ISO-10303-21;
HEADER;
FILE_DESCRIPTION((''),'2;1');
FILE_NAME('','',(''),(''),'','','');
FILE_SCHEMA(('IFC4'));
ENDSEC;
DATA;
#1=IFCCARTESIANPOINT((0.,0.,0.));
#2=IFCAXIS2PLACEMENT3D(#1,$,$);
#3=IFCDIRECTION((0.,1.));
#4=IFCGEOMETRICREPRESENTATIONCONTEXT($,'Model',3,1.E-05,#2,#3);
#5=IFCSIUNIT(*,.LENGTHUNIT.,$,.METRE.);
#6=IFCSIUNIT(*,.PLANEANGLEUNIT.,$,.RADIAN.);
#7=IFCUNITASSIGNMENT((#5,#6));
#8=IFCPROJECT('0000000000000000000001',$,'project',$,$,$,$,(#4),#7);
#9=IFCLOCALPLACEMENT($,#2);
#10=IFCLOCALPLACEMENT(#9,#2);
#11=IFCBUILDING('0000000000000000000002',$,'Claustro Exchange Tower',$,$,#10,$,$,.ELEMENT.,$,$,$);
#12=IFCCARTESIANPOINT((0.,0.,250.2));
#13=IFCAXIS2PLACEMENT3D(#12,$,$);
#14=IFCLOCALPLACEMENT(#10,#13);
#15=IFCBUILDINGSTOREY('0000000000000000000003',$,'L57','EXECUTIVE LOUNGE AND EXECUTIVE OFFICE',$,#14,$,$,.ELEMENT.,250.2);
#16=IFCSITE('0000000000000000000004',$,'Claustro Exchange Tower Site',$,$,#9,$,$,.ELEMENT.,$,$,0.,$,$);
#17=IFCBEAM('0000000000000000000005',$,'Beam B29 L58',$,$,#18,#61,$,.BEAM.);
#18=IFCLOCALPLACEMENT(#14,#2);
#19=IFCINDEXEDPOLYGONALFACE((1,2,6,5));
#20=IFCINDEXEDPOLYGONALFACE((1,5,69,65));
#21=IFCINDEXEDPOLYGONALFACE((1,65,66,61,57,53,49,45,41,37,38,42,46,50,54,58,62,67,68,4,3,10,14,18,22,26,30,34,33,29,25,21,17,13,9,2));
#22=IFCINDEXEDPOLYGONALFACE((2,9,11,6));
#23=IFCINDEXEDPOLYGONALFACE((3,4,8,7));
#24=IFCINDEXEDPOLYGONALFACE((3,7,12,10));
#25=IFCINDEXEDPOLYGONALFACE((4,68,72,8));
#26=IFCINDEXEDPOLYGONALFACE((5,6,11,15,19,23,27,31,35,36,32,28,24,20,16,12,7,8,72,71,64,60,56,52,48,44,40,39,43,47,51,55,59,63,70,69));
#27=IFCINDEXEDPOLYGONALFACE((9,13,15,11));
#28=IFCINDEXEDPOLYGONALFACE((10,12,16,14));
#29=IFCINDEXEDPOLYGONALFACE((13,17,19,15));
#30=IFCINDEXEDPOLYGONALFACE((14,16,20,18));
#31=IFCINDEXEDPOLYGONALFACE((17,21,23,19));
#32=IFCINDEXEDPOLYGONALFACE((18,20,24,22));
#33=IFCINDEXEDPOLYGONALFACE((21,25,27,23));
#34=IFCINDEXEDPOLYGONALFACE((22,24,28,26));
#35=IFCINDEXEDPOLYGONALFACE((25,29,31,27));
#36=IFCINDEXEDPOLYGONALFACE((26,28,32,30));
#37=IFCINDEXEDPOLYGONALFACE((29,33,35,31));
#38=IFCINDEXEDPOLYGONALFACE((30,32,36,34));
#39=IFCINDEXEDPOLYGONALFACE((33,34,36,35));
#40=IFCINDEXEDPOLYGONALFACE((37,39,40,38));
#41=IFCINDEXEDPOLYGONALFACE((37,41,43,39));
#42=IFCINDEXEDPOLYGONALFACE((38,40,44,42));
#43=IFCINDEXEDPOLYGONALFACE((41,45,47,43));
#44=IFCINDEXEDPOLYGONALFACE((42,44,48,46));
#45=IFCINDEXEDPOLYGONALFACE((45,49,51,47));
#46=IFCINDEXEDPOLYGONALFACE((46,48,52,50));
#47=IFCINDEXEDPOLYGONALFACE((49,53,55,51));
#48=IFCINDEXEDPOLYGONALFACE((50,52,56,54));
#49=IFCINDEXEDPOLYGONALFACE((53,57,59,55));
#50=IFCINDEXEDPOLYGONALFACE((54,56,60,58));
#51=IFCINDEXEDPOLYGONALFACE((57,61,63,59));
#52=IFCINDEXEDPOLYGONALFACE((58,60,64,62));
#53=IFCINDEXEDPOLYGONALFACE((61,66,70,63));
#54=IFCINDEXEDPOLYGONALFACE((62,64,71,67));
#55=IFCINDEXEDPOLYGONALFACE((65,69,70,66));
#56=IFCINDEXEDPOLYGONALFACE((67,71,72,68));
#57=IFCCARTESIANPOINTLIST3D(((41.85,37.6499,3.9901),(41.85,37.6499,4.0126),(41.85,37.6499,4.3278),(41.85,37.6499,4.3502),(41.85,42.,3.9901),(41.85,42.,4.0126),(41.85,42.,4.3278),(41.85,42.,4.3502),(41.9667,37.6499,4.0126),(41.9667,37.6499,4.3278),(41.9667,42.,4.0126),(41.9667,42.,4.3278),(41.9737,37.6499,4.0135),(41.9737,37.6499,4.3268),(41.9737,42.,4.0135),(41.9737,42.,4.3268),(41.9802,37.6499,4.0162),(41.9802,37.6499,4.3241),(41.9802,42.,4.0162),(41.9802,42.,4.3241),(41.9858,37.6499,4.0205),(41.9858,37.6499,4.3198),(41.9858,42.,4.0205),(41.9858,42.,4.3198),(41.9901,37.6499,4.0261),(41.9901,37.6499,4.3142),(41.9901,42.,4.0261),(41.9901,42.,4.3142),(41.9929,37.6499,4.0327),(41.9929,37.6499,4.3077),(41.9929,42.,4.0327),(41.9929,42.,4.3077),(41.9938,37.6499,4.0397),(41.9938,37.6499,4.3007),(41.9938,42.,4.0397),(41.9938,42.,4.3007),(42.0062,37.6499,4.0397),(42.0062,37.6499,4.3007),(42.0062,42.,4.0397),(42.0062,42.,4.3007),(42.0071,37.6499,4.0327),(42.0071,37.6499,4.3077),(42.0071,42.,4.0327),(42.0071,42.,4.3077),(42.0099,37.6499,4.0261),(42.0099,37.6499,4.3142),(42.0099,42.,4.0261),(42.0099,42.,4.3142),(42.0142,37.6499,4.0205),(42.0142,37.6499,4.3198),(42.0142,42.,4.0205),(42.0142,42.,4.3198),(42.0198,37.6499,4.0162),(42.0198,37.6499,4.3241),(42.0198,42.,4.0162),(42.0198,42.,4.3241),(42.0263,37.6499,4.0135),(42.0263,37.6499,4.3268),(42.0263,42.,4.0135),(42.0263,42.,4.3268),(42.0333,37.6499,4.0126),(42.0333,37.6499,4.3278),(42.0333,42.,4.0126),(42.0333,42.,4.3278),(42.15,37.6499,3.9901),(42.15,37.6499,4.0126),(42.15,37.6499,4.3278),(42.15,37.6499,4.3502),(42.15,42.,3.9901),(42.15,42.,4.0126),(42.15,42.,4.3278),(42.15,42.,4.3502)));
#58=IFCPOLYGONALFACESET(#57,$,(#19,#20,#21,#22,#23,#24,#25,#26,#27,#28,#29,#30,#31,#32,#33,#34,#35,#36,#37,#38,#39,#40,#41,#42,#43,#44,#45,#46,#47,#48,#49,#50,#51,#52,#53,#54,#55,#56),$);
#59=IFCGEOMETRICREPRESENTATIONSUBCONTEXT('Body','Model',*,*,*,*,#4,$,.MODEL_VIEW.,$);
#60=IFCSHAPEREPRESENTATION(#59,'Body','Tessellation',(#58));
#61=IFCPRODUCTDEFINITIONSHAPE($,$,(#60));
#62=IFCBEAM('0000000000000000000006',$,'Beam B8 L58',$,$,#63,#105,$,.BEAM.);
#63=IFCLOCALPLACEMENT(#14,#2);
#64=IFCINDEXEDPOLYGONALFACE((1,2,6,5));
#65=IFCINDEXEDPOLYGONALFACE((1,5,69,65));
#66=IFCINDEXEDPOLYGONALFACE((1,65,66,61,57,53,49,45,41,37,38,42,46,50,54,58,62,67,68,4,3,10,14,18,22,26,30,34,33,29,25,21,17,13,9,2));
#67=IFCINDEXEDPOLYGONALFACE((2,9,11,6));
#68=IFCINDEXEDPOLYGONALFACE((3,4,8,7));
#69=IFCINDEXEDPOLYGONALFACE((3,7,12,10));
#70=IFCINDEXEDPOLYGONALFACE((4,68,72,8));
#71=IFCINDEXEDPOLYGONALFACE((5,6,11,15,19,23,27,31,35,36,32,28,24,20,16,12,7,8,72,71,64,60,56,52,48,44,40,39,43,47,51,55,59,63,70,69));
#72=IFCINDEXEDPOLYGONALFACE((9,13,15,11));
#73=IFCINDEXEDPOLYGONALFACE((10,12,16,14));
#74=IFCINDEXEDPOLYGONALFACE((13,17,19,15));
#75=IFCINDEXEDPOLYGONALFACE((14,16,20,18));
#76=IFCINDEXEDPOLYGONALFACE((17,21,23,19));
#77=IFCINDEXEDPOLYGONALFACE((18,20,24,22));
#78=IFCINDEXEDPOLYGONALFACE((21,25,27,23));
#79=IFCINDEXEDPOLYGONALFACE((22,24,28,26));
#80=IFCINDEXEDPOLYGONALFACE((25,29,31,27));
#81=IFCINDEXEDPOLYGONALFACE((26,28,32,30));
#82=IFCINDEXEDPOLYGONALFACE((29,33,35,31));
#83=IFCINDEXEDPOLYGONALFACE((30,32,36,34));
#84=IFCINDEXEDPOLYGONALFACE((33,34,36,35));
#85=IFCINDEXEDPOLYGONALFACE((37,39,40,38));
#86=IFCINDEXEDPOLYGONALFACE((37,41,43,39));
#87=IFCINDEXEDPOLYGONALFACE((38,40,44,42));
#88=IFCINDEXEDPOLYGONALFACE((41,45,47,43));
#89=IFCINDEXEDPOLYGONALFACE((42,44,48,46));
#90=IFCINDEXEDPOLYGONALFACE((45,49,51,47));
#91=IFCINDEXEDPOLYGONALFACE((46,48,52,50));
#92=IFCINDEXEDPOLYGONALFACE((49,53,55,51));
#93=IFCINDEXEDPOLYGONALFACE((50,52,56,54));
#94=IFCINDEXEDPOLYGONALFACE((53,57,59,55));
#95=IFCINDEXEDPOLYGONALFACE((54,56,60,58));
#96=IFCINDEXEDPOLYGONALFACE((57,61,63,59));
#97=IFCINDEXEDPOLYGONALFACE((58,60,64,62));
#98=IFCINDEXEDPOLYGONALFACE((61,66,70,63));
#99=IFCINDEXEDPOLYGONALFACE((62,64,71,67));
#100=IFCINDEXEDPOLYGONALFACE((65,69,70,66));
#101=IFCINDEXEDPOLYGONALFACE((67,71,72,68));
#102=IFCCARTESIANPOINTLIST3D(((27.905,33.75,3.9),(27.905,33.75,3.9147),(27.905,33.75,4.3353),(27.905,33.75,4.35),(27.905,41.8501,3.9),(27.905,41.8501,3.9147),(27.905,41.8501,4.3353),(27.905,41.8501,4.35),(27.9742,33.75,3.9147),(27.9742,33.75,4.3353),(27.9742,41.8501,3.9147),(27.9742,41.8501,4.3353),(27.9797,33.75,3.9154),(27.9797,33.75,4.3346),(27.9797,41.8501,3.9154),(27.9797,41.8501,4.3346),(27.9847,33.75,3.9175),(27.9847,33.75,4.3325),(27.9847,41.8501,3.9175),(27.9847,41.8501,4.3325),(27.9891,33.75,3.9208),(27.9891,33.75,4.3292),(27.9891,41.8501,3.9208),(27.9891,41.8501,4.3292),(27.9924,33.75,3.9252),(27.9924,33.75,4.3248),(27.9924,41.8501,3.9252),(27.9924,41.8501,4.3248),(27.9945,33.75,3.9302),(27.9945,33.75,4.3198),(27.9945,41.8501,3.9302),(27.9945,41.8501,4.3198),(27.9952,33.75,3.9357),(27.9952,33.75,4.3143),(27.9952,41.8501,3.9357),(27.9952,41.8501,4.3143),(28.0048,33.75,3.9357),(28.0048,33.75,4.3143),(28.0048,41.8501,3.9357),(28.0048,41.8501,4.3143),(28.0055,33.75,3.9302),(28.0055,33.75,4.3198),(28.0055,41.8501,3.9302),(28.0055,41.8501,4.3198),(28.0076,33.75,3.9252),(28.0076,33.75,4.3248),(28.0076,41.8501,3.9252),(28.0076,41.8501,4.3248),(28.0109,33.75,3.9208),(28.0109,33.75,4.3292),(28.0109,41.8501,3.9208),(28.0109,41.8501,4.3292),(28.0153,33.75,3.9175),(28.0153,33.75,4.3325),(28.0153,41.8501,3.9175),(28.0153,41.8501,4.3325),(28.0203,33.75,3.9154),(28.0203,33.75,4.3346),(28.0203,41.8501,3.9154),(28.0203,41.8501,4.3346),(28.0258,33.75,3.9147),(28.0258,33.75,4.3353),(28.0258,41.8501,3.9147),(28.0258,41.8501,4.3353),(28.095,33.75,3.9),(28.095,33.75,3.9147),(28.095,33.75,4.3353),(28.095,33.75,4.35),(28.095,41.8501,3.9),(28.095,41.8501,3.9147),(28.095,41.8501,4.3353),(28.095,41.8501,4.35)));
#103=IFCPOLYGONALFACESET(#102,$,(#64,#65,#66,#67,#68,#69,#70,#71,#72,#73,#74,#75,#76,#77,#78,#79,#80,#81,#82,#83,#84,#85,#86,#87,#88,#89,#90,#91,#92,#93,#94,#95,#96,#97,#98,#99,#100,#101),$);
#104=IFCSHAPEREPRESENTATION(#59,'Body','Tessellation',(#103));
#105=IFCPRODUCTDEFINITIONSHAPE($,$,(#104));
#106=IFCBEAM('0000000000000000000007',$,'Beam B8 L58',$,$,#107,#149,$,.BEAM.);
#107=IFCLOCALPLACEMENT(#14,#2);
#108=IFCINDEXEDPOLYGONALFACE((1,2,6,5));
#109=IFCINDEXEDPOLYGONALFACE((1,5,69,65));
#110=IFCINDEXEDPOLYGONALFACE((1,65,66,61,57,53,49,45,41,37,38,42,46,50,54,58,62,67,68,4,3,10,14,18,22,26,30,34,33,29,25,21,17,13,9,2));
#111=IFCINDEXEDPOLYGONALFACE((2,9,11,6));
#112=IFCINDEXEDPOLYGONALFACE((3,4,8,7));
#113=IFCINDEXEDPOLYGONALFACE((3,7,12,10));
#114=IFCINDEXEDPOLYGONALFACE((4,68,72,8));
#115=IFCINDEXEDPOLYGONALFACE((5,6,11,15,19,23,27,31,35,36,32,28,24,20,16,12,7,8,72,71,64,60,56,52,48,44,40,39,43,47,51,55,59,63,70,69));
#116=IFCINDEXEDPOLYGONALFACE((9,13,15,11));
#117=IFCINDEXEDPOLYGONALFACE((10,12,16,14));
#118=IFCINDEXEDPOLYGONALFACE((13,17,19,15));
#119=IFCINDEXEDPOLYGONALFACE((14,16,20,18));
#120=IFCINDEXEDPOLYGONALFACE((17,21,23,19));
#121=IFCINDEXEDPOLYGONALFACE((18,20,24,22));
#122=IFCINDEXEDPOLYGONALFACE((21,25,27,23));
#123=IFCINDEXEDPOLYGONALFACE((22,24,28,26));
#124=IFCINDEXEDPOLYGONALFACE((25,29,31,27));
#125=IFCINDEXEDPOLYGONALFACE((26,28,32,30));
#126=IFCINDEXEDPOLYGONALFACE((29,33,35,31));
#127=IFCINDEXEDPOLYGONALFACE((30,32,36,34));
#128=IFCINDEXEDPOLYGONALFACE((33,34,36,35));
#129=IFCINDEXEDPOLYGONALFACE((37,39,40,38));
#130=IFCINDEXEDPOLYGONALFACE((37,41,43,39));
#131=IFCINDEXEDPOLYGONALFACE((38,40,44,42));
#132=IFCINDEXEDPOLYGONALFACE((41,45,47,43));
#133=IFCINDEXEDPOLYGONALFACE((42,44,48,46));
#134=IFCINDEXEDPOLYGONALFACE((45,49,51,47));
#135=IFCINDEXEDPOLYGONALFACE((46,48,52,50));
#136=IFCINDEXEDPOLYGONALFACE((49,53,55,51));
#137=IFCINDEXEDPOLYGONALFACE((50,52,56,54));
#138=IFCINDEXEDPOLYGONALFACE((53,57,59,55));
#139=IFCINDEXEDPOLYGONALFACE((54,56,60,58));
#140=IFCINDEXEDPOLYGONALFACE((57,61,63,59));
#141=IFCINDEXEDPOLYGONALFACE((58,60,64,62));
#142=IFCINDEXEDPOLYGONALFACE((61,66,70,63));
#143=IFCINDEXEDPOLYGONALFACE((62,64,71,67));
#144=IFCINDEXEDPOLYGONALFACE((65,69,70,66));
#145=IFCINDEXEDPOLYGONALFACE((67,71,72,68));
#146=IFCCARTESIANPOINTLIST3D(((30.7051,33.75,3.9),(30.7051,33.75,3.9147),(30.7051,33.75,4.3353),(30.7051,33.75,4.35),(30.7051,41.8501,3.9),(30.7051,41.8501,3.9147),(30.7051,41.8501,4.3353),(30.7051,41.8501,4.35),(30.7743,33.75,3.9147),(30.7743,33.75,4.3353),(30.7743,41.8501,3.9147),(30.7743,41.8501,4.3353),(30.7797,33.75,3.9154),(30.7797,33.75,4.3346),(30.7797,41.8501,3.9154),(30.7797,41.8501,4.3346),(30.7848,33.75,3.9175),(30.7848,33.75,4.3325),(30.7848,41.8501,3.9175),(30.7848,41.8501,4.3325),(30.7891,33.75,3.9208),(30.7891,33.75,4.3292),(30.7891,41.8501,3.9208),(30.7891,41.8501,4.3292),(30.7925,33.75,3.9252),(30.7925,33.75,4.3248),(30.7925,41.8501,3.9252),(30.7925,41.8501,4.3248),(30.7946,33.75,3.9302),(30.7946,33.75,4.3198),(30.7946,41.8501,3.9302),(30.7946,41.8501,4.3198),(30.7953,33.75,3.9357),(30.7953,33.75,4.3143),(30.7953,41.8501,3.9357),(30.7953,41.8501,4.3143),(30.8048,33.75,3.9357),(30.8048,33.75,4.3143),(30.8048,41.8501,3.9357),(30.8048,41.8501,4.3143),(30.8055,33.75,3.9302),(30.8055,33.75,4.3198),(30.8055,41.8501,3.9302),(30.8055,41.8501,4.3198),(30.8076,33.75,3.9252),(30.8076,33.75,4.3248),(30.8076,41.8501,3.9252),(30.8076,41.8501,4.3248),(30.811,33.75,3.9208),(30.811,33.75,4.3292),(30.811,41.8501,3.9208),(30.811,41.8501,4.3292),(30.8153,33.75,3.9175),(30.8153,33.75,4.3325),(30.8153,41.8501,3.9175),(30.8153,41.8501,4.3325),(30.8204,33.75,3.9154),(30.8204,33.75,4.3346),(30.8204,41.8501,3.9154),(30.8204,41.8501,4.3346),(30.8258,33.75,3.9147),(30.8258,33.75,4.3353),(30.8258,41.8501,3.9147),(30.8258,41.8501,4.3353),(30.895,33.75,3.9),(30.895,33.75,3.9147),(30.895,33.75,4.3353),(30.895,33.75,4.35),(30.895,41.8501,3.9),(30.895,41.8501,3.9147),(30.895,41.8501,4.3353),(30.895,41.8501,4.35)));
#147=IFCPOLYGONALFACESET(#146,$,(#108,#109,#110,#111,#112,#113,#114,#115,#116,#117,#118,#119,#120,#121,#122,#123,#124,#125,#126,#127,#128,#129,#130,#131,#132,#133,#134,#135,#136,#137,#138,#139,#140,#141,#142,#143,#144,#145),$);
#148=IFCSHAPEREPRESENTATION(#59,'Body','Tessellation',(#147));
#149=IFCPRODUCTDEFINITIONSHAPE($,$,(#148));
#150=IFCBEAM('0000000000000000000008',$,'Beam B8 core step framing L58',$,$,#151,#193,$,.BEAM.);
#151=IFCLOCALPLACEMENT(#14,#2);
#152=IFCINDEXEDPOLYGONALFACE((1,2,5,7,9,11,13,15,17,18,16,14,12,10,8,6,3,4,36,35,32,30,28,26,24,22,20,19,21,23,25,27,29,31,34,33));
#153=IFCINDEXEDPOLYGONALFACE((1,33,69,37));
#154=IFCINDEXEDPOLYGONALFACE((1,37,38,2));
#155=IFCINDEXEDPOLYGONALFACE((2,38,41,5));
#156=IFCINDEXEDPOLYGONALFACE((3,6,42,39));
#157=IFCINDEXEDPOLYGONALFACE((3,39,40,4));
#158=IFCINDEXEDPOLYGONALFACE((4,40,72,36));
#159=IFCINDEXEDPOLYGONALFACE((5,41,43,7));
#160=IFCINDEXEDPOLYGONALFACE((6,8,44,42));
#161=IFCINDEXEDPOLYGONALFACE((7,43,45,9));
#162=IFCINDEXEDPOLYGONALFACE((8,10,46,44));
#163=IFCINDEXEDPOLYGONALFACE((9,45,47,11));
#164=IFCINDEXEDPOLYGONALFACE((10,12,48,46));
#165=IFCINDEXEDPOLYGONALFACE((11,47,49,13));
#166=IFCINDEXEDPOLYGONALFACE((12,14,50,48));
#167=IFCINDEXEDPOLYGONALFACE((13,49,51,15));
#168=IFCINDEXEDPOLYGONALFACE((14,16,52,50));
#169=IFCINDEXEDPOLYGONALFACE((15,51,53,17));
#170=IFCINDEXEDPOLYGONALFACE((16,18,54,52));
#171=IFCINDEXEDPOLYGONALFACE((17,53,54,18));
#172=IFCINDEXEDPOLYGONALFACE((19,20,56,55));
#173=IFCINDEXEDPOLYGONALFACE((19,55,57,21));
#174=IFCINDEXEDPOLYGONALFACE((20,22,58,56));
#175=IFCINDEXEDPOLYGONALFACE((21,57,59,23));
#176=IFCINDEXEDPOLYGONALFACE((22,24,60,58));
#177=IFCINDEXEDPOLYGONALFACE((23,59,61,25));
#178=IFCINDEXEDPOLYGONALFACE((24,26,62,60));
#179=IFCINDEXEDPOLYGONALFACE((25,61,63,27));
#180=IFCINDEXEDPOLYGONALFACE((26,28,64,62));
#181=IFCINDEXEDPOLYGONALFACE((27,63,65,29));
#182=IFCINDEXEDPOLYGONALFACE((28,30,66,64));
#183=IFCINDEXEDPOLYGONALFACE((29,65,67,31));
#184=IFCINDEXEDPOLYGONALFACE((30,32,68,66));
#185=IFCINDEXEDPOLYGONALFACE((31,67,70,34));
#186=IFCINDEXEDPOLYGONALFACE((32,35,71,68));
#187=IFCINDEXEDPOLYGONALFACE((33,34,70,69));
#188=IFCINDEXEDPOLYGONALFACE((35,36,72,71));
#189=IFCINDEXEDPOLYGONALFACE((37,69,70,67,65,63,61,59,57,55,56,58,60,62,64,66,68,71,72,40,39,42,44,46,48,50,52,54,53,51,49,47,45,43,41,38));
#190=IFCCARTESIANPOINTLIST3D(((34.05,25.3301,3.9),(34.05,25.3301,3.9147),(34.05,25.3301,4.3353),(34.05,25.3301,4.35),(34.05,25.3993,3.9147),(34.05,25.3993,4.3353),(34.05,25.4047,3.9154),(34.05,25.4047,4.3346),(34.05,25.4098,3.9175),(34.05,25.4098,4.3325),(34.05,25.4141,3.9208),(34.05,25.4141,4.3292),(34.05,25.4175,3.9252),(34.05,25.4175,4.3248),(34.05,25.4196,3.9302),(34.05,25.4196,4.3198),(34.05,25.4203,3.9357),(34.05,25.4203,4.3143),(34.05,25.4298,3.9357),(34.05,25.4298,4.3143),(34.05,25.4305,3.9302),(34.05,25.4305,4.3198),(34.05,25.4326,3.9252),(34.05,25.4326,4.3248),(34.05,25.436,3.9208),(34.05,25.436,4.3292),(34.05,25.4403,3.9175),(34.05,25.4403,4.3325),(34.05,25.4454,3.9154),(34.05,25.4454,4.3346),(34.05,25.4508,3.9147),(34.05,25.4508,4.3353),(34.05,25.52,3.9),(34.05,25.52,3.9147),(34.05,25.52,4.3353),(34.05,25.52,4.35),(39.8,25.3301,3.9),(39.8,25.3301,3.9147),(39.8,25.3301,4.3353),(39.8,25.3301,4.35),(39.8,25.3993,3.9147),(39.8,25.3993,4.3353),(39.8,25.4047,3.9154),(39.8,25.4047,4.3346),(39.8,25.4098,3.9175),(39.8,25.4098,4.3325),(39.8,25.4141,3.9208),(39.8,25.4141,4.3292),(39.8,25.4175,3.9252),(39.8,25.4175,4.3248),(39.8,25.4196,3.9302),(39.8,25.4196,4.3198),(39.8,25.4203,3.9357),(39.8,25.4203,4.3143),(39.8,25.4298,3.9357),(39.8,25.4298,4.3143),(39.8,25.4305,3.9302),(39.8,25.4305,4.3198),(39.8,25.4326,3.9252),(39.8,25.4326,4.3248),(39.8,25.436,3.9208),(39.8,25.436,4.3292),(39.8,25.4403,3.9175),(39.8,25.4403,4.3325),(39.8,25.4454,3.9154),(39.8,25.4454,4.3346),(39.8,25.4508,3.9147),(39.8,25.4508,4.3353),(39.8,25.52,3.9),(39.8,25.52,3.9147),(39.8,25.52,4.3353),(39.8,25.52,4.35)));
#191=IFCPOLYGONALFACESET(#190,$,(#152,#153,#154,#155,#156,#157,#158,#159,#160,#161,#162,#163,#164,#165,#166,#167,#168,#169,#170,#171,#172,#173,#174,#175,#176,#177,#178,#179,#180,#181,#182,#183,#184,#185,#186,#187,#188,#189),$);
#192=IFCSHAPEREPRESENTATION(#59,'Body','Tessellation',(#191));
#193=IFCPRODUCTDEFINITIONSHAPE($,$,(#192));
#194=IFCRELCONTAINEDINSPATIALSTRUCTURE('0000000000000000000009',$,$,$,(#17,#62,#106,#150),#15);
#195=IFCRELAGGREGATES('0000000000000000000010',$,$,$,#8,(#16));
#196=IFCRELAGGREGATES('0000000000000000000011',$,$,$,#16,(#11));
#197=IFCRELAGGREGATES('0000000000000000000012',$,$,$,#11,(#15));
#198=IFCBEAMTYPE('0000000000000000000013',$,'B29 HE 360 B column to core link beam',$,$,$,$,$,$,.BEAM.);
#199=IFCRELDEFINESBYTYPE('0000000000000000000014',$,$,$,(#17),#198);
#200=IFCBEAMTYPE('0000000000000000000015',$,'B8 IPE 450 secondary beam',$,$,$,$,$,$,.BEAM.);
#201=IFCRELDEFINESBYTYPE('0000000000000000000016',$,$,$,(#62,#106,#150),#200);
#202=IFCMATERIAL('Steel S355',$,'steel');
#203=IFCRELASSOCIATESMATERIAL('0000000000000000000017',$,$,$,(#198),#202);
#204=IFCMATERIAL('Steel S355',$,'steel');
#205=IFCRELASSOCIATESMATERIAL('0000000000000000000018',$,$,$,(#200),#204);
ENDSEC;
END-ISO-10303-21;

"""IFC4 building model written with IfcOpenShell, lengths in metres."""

from ifc_helpers import new_model, si_unit, direction, frame, origin, origin_2d, place, context, subcontext, project, spatial, i_section, extrude, material, material_profile, profile_set, type_object, element, save


model = new_model("IFC4")

# Units and contexts
model_context = context("Model", 3, precision=1e-05, world=origin(), true_north=direction((0.0, 1.0)))
body_context = subcontext(model_context, "Body", "Model", "MODEL_VIEW")
ifc_project = project(units=[si_unit("LENGTHUNIT", "METRE"), si_unit("PLANEANGLEUNIT", "RADIAN")], contexts=[model_context])

# Site, building, storey
site_placement = place(None, origin())
site = spatial("IfcSite", under=ifc_project, at=site_placement, Name="Claustro Exchange Tower Site", CompositionType="ELEMENT", RefElevation=0.0)
building_placement = place(site_placement, origin())
building = spatial("IfcBuilding", under=site, at=building_placement, Name="Claustro Exchange Tower", CompositionType="ELEMENT")
storey_placement = place(building_placement, frame((0.0, 0.0, 250.2)))
storey = spatial("IfcBuildingStorey", under=building, at=storey_placement, Name="L57", Description="EXECUTIVE LOUNGE AND EXECUTIVE OFFICE", CompositionType="ELEMENT", Elevation=250.2)

# Beams
ifc_material_1 = material(Name="Steel S355", Category="steel")
ifc_material_profile_1 = material_profile(ifc_material_1, i_section(OverallWidth=0.3, OverallDepth=0.3601, WebThickness=0.0125, FlangeThickness=0.0225, FilletRadius=0.0271, at=origin_2d()), Name="HE 360 B")
ifc_profile_set_1 = profile_set([ifc_material_profile_1], Name="Steel S355")
beam_type_1 = type_object("IfcBeamType", Name="B29 HE 360 B column to core link beam", PredefinedType="BEAM", material=ifc_profile_set_1)
for number, where, z_axis, x_axis, name in (
    (1, (42.0, 37.6499, 4.1702), (0.0, 1.0, 0.0), (-1.0, 0.0, 0.0), "Beam B29 L58"),
):
    element("IfcBeam", number, at=place(storey_placement, frame(where, z_axis=z_axis, x_axis=x_axis)), inside=storey, type_object=beam_type_1, Name=name, PredefinedType="BEAM", context=body_context, shape_type="SweptSolid", body=[
        extrude(i_section(OverallWidth=0.3, OverallDepth=0.3601, WebThickness=0.0125, FlangeThickness=0.0225, FilletRadius=0.0271, at=origin_2d()), origin(), (0.0, 0.0, 1.0), 4.3501),
    ])
ifc_material_2 = material(Name="Steel S355", Category="steel")
ifc_material_profile_2 = material_profile(ifc_material_2, i_section(OverallWidth=0.1899, OverallDepth=0.45, WebThickness=0.0095, FlangeThickness=0.0146, FilletRadius=0.021, at=origin_2d()), Name="IPE 450")
ifc_profile_set_2 = profile_set([ifc_material_profile_2], Name="Steel S355")
beam_type_2 = type_object("IfcBeamType", Name="B8 IPE 450 secondary beam", PredefinedType="BEAM", material=ifc_profile_set_2)
for number, where, z_axis, x_axis, name in (
    (2, (28.0, 33.75, 4.125), (0.0, 1.0, 0.0), (-1.0, 0.0, 0.0), "Beam B8 L58"),
    (3, (30.8, 33.75, 4.125), (0.0, 1.0, 0.0), (-1.0, 0.0, 0.0), "Beam B8 L58"),
):
    element("IfcBeam", number, at=place(storey_placement, frame(where, z_axis=z_axis, x_axis=x_axis)), inside=storey, type_object=beam_type_2, Name=name, PredefinedType="BEAM", context=body_context, shape_type="SweptSolid", body=[
        extrude(i_section(OverallWidth=0.1899, OverallDepth=0.45, WebThickness=0.0095, FlangeThickness=0.0146, FilletRadius=0.021, at=origin_2d()), origin(), (0.0, 0.0, 1.0), 8.1001),
    ])
beam_placement = place(storey_placement, frame((34.05, 25.425, 4.125), z_axis=(1.0, 0.0, 0.0), x_axis=(0.0, 1.0, 0.0)))
element("IfcBeam", 4, at=beam_placement, inside=storey, type_object=beam_type_2, Name="Beam B8 core step framing L58", PredefinedType="BEAM", context=body_context, shape_type="SweptSolid", body=[
    extrude(i_section(OverallWidth=0.1899, OverallDepth=0.45, WebThickness=0.0095, FlangeThickness=0.0146, FilletRadius=0.021, at=origin_2d()), origin(), (0.0, 0.0, 1.0), 5.75),
])

save(model, "model.ifc")
